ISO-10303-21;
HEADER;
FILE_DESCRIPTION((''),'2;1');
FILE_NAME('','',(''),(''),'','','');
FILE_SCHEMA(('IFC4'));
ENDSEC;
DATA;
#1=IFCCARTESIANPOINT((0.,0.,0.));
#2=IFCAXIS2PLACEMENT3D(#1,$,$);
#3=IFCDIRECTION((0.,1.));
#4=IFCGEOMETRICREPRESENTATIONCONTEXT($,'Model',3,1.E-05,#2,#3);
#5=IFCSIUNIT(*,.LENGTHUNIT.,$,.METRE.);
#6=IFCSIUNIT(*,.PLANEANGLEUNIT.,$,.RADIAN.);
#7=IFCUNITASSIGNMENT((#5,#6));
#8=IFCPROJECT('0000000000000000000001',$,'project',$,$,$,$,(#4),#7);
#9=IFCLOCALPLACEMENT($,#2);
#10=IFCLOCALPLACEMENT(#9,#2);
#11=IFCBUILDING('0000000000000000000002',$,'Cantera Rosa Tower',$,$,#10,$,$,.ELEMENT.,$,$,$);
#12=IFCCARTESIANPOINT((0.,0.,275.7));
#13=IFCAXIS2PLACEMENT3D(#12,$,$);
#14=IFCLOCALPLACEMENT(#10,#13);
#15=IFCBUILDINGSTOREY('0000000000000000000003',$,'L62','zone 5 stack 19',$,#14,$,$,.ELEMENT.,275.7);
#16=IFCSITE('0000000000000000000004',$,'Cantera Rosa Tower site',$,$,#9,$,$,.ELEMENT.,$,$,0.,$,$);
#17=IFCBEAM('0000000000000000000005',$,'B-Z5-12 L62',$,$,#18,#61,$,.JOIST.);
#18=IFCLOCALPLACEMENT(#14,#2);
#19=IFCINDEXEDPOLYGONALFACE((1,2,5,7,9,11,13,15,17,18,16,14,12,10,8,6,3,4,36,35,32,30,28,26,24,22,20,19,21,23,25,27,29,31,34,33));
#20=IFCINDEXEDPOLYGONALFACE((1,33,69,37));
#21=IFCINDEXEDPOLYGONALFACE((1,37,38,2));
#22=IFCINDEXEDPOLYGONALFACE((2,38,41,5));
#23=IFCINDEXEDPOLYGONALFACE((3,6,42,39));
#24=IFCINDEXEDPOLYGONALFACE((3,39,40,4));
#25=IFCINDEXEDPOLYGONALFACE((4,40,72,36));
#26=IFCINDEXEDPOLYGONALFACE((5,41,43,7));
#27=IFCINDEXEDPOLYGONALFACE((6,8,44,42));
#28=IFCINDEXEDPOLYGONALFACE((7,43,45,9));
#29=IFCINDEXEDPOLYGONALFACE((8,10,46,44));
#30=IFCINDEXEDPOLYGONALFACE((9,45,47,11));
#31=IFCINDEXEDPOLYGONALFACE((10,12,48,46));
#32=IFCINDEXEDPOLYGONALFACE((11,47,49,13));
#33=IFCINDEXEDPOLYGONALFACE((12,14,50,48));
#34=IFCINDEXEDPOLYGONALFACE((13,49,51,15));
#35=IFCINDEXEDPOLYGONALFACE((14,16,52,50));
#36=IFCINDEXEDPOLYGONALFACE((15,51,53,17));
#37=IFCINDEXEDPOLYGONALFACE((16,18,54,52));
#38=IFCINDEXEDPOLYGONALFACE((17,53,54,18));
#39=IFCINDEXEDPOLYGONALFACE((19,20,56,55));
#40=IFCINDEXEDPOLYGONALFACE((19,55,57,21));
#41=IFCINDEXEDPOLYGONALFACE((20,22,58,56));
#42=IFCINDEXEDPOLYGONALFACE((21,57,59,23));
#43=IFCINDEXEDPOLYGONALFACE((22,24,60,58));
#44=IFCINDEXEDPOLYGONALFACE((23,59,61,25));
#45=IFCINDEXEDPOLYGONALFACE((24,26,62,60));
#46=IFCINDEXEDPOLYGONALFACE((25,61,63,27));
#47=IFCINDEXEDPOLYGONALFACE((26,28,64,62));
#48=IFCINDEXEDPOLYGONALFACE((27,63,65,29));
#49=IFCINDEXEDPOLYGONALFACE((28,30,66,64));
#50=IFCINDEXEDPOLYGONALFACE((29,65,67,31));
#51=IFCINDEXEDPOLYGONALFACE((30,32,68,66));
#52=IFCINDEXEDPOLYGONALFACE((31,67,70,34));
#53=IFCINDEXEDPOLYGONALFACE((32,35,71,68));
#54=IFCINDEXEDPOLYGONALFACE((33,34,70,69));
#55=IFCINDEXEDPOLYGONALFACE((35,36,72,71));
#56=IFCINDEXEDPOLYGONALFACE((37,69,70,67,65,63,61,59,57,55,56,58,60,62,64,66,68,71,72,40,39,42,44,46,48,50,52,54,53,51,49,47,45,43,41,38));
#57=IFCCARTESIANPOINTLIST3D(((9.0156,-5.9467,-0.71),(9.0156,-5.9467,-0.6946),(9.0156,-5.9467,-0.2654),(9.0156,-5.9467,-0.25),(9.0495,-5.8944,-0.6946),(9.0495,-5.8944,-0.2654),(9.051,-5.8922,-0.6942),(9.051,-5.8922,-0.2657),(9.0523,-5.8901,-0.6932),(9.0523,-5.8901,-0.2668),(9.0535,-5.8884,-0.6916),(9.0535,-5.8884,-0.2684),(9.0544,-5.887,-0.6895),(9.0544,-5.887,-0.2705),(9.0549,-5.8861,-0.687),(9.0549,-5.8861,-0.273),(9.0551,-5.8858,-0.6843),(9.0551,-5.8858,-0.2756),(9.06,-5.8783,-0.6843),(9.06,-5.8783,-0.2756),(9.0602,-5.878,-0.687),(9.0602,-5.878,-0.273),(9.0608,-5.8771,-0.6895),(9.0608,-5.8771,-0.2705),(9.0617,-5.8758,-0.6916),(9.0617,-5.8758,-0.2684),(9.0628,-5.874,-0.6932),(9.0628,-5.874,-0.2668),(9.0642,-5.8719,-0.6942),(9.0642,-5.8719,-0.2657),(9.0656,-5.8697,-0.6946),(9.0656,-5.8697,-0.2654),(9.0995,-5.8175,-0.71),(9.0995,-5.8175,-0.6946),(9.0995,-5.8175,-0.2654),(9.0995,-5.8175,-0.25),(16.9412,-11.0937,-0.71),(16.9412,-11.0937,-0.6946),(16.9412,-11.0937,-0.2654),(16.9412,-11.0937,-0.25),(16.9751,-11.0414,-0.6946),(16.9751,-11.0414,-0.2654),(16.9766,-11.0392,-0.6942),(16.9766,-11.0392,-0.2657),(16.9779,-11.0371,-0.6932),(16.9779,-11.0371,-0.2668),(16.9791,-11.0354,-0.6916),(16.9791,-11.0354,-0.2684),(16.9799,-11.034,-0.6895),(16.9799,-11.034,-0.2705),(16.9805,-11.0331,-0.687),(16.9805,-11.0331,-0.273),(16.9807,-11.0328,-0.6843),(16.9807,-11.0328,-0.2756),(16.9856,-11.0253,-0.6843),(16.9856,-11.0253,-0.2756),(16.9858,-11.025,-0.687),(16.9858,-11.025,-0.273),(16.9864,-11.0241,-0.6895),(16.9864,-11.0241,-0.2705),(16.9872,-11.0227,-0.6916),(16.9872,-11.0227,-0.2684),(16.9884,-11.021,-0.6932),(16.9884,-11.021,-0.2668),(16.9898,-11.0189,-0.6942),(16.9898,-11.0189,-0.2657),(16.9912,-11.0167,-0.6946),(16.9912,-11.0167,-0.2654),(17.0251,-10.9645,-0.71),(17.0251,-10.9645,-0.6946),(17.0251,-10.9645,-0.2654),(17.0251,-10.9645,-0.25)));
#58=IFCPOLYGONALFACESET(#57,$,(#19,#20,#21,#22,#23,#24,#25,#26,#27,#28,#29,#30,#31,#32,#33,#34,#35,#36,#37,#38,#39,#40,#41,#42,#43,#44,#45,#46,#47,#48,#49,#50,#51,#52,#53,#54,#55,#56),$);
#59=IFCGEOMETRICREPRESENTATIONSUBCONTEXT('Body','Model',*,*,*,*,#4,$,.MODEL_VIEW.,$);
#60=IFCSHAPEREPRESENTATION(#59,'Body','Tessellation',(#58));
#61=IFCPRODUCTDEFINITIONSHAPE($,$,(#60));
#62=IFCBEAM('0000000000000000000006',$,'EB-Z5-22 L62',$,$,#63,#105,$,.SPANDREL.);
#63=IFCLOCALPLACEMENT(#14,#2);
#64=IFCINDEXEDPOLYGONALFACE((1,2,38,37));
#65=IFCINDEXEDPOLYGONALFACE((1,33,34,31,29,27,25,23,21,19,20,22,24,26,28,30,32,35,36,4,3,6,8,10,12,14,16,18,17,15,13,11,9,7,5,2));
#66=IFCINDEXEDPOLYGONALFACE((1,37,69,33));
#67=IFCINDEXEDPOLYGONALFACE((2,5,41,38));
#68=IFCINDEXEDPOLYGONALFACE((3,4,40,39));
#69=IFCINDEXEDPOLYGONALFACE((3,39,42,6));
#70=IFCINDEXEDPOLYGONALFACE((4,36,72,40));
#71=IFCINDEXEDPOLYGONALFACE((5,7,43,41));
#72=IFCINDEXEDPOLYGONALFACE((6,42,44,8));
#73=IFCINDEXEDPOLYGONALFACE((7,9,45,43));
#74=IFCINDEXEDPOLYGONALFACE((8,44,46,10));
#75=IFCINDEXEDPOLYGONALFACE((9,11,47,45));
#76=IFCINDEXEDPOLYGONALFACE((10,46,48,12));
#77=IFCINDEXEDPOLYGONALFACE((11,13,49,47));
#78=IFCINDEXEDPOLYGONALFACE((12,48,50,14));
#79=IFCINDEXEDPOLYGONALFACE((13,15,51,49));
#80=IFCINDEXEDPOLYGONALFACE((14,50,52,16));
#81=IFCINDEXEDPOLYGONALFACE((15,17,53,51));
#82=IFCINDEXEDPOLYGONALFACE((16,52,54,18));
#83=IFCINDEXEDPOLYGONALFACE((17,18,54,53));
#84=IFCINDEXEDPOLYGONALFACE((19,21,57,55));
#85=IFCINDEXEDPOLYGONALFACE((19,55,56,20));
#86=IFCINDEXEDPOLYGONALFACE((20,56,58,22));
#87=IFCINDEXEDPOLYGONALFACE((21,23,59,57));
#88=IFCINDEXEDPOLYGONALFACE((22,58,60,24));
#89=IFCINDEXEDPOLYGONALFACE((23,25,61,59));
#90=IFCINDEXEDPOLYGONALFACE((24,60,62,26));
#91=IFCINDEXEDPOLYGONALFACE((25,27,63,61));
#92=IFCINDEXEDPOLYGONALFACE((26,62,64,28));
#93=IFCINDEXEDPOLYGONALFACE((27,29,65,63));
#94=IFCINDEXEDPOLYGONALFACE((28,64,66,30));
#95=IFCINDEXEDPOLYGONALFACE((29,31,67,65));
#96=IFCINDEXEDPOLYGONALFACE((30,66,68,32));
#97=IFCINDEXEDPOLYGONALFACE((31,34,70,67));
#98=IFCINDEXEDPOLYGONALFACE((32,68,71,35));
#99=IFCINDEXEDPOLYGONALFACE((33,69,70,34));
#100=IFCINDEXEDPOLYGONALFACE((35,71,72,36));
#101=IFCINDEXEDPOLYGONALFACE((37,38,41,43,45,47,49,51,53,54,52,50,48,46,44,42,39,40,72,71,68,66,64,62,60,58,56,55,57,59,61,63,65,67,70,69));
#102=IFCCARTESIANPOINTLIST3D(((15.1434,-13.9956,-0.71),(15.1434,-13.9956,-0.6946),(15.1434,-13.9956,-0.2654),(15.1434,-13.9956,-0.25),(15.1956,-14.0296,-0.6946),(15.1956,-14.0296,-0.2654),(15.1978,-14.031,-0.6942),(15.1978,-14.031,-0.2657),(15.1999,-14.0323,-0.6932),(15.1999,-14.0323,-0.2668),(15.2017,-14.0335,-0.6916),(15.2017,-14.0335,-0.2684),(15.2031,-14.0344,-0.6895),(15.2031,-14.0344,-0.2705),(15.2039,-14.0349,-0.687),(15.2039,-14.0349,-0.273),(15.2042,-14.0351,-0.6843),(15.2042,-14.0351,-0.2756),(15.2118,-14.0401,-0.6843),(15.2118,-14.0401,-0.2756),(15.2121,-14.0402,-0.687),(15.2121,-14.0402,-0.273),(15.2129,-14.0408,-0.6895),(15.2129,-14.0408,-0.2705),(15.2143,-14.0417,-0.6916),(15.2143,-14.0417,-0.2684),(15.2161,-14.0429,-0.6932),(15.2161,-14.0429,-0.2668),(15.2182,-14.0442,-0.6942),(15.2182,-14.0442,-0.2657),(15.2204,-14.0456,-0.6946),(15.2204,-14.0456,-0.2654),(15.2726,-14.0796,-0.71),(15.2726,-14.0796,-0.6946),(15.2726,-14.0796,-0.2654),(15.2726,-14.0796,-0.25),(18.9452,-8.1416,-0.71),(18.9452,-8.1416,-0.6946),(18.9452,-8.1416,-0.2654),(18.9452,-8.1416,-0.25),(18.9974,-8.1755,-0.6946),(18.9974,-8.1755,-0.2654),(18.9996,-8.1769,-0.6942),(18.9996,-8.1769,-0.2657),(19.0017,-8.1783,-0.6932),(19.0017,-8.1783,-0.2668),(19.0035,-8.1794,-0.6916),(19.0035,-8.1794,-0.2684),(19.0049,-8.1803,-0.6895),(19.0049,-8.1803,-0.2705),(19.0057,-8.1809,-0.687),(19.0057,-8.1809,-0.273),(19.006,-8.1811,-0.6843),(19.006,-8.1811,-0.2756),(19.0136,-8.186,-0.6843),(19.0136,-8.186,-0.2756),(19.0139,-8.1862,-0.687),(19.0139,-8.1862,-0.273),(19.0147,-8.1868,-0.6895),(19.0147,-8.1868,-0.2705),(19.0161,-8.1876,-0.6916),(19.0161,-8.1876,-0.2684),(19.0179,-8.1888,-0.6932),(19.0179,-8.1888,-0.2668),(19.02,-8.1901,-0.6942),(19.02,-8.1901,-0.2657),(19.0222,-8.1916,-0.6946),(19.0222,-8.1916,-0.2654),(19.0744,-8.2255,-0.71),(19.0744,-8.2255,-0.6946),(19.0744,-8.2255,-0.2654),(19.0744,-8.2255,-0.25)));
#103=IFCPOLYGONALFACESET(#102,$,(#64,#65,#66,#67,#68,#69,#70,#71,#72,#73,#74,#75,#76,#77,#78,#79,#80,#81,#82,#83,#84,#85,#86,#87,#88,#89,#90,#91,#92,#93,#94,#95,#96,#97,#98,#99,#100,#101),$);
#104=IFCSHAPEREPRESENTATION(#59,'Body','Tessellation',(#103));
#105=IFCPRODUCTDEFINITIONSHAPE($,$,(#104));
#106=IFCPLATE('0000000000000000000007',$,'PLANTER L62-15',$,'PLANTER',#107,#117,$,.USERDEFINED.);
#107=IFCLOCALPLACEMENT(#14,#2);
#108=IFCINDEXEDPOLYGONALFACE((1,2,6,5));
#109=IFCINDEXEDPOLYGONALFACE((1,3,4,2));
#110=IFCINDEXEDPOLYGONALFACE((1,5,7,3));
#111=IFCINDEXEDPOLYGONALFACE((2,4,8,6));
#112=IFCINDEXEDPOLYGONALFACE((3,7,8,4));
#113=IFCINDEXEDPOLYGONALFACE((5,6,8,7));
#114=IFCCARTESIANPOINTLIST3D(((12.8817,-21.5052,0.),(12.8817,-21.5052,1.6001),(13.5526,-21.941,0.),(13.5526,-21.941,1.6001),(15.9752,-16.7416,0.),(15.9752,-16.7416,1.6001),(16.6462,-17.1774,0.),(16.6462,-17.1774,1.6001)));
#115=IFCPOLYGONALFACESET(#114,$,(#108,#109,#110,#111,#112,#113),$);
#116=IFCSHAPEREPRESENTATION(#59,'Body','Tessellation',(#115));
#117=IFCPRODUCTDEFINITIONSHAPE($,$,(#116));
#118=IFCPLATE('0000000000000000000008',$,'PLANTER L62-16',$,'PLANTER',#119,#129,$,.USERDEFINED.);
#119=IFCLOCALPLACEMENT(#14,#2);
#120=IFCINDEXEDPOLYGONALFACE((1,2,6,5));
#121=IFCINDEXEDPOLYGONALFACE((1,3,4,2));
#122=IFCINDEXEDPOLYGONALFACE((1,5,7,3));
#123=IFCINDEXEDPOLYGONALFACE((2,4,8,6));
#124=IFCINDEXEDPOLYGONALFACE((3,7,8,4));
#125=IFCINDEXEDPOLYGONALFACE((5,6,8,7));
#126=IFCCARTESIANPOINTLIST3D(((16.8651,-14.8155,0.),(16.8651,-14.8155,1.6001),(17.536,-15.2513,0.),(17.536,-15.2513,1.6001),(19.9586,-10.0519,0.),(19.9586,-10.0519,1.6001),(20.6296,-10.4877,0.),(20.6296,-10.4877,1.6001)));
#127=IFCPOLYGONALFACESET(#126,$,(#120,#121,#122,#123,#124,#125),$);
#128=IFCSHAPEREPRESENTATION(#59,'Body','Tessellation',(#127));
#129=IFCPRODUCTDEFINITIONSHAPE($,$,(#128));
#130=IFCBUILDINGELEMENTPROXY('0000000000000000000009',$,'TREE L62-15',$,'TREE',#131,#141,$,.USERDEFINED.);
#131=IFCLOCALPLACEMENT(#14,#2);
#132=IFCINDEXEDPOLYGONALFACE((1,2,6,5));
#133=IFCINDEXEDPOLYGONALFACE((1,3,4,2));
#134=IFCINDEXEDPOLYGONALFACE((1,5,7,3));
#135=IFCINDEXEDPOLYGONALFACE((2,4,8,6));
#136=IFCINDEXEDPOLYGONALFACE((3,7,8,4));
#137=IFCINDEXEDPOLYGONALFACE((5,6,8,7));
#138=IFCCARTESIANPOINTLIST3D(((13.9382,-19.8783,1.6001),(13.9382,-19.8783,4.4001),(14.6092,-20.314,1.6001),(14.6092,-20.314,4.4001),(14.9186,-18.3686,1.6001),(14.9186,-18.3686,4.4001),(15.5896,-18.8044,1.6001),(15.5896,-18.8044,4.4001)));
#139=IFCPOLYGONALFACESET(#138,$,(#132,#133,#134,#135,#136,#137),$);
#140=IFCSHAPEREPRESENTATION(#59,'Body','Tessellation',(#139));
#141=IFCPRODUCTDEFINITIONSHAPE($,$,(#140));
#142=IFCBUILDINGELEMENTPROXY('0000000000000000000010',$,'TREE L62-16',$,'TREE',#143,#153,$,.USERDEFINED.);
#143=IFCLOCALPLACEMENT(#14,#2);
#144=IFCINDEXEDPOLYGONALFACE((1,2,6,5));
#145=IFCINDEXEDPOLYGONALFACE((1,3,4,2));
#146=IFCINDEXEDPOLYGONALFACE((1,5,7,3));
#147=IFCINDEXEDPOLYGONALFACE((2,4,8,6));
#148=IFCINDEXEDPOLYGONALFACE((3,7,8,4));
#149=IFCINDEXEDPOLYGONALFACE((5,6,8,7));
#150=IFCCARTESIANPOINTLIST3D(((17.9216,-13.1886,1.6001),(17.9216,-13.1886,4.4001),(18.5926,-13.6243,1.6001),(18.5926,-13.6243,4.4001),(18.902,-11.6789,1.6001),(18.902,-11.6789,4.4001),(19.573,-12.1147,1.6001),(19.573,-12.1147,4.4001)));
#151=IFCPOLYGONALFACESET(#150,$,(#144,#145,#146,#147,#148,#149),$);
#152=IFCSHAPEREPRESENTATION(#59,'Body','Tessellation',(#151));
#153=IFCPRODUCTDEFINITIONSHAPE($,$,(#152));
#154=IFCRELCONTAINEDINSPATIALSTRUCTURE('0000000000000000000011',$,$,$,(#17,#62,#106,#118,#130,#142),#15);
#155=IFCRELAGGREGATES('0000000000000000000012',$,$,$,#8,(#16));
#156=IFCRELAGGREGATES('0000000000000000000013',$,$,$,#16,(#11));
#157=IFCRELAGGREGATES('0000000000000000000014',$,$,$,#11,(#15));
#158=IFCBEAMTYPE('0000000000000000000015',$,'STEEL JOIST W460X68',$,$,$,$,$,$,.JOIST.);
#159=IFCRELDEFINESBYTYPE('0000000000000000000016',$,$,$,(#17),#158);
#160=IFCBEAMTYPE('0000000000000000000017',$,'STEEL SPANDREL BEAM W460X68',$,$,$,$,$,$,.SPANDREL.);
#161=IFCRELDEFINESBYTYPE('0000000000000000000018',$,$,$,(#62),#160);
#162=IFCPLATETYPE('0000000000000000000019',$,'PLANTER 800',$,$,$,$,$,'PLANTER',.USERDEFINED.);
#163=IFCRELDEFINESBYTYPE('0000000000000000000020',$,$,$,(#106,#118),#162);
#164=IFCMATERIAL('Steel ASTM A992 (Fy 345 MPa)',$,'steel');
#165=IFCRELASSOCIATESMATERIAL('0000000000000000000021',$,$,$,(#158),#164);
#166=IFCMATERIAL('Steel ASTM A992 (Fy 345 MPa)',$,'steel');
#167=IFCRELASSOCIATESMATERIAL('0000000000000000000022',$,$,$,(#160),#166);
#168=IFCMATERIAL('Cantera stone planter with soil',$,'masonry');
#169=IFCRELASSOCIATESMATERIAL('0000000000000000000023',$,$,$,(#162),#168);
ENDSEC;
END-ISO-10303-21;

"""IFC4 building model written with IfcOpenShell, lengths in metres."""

from ifc_helpers import new_model, si_unit, direction, frame, origin, origin_2d, place, context, subcontext, project, spatial, rectangle, i_section, extrude, material, material_profile, profile_set, type_object, element, save


model = new_model("IFC4")

# Units and contexts
model_context = context("Model", 3, precision=1e-05, world=origin(), true_north=direction((0.0, 1.0)))
body_context = subcontext(model_context, "Body", "Model", "MODEL_VIEW")
ifc_project = project(units=[si_unit("LENGTHUNIT", "METRE"), si_unit("PLANEANGLEUNIT", "RADIAN")], contexts=[model_context])

# Site, building, storey
site_placement = place(None, origin())
site = spatial("IfcSite", under=ifc_project, at=site_placement, Name="Cantera Rosa Tower site", CompositionType="ELEMENT", RefElevation=0.0)
building_placement = place(site_placement, origin())
building = spatial("IfcBuilding", under=site, at=building_placement, Name="Cantera Rosa Tower", CompositionType="ELEMENT")
storey_placement = place(building_placement, frame((0.0, 0.0, 275.7)))
storey = spatial("IfcBuildingStorey", under=building, at=storey_placement, Name="L62", Description="zone 5 stack 19", CompositionType="ELEMENT", Elevation=275.7)

# Beams
ifc_material_1 = material(Name="Steel ASTM A992 (Fy 345 MPa)", Category="steel")
ifc_material_profile_1 = material_profile(ifc_material_1, i_section(OverallWidth=0.1541, OverallDepth=0.46, WebThickness=0.009, FlangeThickness=0.0154, FilletRadius=0.0103, at=origin_2d()), Name="W460X68")
ifc_profile_set_1 = profile_set([ifc_material_profile_1], Name="Steel ASTM A992 (Fy 345 MPa)")
beam_type_1 = type_object("IfcBeamType", Name="STEEL JOIST W460X68", PredefinedType="JOIST", material=ifc_profile_set_1)
beam_1_placement = place(storey_placement, frame((16.9832, -11.0291, -0.48), z_axis=(-0.838667, 0.544644, 0.0), x_axis=(-0.544644, -0.838667, 0.0)))
element("IfcBeam", 1, at=beam_1_placement, inside=storey, type_object=beam_type_1, Name="B-Z5-12 L62", PredefinedType="JOIST", context=body_context, shape_type="SweptSolid", body=[
    extrude(i_section(OverallWidth=0.1541, OverallDepth=0.46, WebThickness=0.009, FlangeThickness=0.0154, FilletRadius=0.0103, at=origin_2d()), origin(), (0.0, 0.0, 1.0), 9.4502),
])
ifc_material_2 = material(Name="Steel ASTM A992 (Fy 345 MPa)", Category="steel")
ifc_material_profile_2 = material_profile(ifc_material_2, i_section(OverallWidth=0.1541, OverallDepth=0.46, WebThickness=0.009, FlangeThickness=0.0154, FilletRadius=0.0103, at=origin_2d()), Name="W460X68")
ifc_profile_set_2 = profile_set([ifc_material_profile_2], Name="Steel ASTM A992 (Fy 345 MPa)")
beam_type_2 = type_object("IfcBeamType", Name="STEEL SPANDREL BEAM W460X68", PredefinedType="SPANDREL", material=ifc_profile_set_2)
beam_2_placement = place(storey_placement, frame((15.208, -14.0376, -0.48), z_axis=(0.544651, 0.838663, 0.0), x_axis=(-0.838663, 0.544651, 0.0)))
element("IfcBeam", 2, at=beam_2_placement, inside=storey, type_object=beam_type_2, Name="EB-Z5-22 L62", PredefinedType="SPANDREL", context=body_context, shape_type="SweptSolid", body=[
    extrude(i_section(OverallWidth=0.1541, OverallDepth=0.46, WebThickness=0.009, FlangeThickness=0.0154, FilletRadius=0.0103, at=origin_2d()), origin(), (0.0, 0.0, 1.0), 6.9802),
])

# Plates
ifc_material_3 = material(Name="Cantera stone planter with soil", Category="masonry")
plate_type = type_object("IfcPlateType", Name="PLANTER 800", ElementType="PLANTER", PredefinedType="USERDEFINED", material=ifc_material_3)
for number, where, z_axis, x_axis, name in (
    (3, (14.7639, -19.3413, 0.0), (0.0, 0.0, 1.0), (0.544639, 0.838671, 0.0), "PLANTER L62-15"),
    (4, (18.7473, -12.6516, 0.0), (0.0, 0.0, 1.0), (0.544639, 0.838671, 0.0), "PLANTER L62-16"),
):
    element("IfcPlate", number, at=place(storey_placement, frame(where, z_axis=z_axis, x_axis=x_axis)), inside=storey, type_object=plate_type, Name=name, ObjectType="PLANTER", PredefinedType="USERDEFINED", context=body_context, shape_type="SweptSolid", body=[
        extrude(rectangle(XDim=5.6799, YDim=0.8, at=origin_2d()), origin(), (0.0, 0.0, 1.0), 1.6001),
    ])

# Building element proxies
for number, where, z_axis, x_axis, name in (
    (5, (14.7639, -19.3413, 1.6001), (0.0, 0.0, 1.0), (0.544639, 0.838671, 0.0), "TREE L62-15"),
    (6, (18.7473, -12.6516, 1.6001), (0.0, 0.0, 1.0), (0.544639, 0.838671, 0.0), "TREE L62-16"),
):
    element("IfcBuildingElementProxy", number, at=place(storey_placement, frame(where, z_axis=z_axis, x_axis=x_axis)), inside=storey, Name=name, ObjectType="TREE", PredefinedType="USERDEFINED", context=body_context, shape_type="SweptSolid", body=[
        extrude(rectangle(XDim=1.8, YDim=0.8, at=origin_2d()), origin(), (0.0, 0.0, 1.0), 2.8),
    ])

save(model, "model.ifc")
